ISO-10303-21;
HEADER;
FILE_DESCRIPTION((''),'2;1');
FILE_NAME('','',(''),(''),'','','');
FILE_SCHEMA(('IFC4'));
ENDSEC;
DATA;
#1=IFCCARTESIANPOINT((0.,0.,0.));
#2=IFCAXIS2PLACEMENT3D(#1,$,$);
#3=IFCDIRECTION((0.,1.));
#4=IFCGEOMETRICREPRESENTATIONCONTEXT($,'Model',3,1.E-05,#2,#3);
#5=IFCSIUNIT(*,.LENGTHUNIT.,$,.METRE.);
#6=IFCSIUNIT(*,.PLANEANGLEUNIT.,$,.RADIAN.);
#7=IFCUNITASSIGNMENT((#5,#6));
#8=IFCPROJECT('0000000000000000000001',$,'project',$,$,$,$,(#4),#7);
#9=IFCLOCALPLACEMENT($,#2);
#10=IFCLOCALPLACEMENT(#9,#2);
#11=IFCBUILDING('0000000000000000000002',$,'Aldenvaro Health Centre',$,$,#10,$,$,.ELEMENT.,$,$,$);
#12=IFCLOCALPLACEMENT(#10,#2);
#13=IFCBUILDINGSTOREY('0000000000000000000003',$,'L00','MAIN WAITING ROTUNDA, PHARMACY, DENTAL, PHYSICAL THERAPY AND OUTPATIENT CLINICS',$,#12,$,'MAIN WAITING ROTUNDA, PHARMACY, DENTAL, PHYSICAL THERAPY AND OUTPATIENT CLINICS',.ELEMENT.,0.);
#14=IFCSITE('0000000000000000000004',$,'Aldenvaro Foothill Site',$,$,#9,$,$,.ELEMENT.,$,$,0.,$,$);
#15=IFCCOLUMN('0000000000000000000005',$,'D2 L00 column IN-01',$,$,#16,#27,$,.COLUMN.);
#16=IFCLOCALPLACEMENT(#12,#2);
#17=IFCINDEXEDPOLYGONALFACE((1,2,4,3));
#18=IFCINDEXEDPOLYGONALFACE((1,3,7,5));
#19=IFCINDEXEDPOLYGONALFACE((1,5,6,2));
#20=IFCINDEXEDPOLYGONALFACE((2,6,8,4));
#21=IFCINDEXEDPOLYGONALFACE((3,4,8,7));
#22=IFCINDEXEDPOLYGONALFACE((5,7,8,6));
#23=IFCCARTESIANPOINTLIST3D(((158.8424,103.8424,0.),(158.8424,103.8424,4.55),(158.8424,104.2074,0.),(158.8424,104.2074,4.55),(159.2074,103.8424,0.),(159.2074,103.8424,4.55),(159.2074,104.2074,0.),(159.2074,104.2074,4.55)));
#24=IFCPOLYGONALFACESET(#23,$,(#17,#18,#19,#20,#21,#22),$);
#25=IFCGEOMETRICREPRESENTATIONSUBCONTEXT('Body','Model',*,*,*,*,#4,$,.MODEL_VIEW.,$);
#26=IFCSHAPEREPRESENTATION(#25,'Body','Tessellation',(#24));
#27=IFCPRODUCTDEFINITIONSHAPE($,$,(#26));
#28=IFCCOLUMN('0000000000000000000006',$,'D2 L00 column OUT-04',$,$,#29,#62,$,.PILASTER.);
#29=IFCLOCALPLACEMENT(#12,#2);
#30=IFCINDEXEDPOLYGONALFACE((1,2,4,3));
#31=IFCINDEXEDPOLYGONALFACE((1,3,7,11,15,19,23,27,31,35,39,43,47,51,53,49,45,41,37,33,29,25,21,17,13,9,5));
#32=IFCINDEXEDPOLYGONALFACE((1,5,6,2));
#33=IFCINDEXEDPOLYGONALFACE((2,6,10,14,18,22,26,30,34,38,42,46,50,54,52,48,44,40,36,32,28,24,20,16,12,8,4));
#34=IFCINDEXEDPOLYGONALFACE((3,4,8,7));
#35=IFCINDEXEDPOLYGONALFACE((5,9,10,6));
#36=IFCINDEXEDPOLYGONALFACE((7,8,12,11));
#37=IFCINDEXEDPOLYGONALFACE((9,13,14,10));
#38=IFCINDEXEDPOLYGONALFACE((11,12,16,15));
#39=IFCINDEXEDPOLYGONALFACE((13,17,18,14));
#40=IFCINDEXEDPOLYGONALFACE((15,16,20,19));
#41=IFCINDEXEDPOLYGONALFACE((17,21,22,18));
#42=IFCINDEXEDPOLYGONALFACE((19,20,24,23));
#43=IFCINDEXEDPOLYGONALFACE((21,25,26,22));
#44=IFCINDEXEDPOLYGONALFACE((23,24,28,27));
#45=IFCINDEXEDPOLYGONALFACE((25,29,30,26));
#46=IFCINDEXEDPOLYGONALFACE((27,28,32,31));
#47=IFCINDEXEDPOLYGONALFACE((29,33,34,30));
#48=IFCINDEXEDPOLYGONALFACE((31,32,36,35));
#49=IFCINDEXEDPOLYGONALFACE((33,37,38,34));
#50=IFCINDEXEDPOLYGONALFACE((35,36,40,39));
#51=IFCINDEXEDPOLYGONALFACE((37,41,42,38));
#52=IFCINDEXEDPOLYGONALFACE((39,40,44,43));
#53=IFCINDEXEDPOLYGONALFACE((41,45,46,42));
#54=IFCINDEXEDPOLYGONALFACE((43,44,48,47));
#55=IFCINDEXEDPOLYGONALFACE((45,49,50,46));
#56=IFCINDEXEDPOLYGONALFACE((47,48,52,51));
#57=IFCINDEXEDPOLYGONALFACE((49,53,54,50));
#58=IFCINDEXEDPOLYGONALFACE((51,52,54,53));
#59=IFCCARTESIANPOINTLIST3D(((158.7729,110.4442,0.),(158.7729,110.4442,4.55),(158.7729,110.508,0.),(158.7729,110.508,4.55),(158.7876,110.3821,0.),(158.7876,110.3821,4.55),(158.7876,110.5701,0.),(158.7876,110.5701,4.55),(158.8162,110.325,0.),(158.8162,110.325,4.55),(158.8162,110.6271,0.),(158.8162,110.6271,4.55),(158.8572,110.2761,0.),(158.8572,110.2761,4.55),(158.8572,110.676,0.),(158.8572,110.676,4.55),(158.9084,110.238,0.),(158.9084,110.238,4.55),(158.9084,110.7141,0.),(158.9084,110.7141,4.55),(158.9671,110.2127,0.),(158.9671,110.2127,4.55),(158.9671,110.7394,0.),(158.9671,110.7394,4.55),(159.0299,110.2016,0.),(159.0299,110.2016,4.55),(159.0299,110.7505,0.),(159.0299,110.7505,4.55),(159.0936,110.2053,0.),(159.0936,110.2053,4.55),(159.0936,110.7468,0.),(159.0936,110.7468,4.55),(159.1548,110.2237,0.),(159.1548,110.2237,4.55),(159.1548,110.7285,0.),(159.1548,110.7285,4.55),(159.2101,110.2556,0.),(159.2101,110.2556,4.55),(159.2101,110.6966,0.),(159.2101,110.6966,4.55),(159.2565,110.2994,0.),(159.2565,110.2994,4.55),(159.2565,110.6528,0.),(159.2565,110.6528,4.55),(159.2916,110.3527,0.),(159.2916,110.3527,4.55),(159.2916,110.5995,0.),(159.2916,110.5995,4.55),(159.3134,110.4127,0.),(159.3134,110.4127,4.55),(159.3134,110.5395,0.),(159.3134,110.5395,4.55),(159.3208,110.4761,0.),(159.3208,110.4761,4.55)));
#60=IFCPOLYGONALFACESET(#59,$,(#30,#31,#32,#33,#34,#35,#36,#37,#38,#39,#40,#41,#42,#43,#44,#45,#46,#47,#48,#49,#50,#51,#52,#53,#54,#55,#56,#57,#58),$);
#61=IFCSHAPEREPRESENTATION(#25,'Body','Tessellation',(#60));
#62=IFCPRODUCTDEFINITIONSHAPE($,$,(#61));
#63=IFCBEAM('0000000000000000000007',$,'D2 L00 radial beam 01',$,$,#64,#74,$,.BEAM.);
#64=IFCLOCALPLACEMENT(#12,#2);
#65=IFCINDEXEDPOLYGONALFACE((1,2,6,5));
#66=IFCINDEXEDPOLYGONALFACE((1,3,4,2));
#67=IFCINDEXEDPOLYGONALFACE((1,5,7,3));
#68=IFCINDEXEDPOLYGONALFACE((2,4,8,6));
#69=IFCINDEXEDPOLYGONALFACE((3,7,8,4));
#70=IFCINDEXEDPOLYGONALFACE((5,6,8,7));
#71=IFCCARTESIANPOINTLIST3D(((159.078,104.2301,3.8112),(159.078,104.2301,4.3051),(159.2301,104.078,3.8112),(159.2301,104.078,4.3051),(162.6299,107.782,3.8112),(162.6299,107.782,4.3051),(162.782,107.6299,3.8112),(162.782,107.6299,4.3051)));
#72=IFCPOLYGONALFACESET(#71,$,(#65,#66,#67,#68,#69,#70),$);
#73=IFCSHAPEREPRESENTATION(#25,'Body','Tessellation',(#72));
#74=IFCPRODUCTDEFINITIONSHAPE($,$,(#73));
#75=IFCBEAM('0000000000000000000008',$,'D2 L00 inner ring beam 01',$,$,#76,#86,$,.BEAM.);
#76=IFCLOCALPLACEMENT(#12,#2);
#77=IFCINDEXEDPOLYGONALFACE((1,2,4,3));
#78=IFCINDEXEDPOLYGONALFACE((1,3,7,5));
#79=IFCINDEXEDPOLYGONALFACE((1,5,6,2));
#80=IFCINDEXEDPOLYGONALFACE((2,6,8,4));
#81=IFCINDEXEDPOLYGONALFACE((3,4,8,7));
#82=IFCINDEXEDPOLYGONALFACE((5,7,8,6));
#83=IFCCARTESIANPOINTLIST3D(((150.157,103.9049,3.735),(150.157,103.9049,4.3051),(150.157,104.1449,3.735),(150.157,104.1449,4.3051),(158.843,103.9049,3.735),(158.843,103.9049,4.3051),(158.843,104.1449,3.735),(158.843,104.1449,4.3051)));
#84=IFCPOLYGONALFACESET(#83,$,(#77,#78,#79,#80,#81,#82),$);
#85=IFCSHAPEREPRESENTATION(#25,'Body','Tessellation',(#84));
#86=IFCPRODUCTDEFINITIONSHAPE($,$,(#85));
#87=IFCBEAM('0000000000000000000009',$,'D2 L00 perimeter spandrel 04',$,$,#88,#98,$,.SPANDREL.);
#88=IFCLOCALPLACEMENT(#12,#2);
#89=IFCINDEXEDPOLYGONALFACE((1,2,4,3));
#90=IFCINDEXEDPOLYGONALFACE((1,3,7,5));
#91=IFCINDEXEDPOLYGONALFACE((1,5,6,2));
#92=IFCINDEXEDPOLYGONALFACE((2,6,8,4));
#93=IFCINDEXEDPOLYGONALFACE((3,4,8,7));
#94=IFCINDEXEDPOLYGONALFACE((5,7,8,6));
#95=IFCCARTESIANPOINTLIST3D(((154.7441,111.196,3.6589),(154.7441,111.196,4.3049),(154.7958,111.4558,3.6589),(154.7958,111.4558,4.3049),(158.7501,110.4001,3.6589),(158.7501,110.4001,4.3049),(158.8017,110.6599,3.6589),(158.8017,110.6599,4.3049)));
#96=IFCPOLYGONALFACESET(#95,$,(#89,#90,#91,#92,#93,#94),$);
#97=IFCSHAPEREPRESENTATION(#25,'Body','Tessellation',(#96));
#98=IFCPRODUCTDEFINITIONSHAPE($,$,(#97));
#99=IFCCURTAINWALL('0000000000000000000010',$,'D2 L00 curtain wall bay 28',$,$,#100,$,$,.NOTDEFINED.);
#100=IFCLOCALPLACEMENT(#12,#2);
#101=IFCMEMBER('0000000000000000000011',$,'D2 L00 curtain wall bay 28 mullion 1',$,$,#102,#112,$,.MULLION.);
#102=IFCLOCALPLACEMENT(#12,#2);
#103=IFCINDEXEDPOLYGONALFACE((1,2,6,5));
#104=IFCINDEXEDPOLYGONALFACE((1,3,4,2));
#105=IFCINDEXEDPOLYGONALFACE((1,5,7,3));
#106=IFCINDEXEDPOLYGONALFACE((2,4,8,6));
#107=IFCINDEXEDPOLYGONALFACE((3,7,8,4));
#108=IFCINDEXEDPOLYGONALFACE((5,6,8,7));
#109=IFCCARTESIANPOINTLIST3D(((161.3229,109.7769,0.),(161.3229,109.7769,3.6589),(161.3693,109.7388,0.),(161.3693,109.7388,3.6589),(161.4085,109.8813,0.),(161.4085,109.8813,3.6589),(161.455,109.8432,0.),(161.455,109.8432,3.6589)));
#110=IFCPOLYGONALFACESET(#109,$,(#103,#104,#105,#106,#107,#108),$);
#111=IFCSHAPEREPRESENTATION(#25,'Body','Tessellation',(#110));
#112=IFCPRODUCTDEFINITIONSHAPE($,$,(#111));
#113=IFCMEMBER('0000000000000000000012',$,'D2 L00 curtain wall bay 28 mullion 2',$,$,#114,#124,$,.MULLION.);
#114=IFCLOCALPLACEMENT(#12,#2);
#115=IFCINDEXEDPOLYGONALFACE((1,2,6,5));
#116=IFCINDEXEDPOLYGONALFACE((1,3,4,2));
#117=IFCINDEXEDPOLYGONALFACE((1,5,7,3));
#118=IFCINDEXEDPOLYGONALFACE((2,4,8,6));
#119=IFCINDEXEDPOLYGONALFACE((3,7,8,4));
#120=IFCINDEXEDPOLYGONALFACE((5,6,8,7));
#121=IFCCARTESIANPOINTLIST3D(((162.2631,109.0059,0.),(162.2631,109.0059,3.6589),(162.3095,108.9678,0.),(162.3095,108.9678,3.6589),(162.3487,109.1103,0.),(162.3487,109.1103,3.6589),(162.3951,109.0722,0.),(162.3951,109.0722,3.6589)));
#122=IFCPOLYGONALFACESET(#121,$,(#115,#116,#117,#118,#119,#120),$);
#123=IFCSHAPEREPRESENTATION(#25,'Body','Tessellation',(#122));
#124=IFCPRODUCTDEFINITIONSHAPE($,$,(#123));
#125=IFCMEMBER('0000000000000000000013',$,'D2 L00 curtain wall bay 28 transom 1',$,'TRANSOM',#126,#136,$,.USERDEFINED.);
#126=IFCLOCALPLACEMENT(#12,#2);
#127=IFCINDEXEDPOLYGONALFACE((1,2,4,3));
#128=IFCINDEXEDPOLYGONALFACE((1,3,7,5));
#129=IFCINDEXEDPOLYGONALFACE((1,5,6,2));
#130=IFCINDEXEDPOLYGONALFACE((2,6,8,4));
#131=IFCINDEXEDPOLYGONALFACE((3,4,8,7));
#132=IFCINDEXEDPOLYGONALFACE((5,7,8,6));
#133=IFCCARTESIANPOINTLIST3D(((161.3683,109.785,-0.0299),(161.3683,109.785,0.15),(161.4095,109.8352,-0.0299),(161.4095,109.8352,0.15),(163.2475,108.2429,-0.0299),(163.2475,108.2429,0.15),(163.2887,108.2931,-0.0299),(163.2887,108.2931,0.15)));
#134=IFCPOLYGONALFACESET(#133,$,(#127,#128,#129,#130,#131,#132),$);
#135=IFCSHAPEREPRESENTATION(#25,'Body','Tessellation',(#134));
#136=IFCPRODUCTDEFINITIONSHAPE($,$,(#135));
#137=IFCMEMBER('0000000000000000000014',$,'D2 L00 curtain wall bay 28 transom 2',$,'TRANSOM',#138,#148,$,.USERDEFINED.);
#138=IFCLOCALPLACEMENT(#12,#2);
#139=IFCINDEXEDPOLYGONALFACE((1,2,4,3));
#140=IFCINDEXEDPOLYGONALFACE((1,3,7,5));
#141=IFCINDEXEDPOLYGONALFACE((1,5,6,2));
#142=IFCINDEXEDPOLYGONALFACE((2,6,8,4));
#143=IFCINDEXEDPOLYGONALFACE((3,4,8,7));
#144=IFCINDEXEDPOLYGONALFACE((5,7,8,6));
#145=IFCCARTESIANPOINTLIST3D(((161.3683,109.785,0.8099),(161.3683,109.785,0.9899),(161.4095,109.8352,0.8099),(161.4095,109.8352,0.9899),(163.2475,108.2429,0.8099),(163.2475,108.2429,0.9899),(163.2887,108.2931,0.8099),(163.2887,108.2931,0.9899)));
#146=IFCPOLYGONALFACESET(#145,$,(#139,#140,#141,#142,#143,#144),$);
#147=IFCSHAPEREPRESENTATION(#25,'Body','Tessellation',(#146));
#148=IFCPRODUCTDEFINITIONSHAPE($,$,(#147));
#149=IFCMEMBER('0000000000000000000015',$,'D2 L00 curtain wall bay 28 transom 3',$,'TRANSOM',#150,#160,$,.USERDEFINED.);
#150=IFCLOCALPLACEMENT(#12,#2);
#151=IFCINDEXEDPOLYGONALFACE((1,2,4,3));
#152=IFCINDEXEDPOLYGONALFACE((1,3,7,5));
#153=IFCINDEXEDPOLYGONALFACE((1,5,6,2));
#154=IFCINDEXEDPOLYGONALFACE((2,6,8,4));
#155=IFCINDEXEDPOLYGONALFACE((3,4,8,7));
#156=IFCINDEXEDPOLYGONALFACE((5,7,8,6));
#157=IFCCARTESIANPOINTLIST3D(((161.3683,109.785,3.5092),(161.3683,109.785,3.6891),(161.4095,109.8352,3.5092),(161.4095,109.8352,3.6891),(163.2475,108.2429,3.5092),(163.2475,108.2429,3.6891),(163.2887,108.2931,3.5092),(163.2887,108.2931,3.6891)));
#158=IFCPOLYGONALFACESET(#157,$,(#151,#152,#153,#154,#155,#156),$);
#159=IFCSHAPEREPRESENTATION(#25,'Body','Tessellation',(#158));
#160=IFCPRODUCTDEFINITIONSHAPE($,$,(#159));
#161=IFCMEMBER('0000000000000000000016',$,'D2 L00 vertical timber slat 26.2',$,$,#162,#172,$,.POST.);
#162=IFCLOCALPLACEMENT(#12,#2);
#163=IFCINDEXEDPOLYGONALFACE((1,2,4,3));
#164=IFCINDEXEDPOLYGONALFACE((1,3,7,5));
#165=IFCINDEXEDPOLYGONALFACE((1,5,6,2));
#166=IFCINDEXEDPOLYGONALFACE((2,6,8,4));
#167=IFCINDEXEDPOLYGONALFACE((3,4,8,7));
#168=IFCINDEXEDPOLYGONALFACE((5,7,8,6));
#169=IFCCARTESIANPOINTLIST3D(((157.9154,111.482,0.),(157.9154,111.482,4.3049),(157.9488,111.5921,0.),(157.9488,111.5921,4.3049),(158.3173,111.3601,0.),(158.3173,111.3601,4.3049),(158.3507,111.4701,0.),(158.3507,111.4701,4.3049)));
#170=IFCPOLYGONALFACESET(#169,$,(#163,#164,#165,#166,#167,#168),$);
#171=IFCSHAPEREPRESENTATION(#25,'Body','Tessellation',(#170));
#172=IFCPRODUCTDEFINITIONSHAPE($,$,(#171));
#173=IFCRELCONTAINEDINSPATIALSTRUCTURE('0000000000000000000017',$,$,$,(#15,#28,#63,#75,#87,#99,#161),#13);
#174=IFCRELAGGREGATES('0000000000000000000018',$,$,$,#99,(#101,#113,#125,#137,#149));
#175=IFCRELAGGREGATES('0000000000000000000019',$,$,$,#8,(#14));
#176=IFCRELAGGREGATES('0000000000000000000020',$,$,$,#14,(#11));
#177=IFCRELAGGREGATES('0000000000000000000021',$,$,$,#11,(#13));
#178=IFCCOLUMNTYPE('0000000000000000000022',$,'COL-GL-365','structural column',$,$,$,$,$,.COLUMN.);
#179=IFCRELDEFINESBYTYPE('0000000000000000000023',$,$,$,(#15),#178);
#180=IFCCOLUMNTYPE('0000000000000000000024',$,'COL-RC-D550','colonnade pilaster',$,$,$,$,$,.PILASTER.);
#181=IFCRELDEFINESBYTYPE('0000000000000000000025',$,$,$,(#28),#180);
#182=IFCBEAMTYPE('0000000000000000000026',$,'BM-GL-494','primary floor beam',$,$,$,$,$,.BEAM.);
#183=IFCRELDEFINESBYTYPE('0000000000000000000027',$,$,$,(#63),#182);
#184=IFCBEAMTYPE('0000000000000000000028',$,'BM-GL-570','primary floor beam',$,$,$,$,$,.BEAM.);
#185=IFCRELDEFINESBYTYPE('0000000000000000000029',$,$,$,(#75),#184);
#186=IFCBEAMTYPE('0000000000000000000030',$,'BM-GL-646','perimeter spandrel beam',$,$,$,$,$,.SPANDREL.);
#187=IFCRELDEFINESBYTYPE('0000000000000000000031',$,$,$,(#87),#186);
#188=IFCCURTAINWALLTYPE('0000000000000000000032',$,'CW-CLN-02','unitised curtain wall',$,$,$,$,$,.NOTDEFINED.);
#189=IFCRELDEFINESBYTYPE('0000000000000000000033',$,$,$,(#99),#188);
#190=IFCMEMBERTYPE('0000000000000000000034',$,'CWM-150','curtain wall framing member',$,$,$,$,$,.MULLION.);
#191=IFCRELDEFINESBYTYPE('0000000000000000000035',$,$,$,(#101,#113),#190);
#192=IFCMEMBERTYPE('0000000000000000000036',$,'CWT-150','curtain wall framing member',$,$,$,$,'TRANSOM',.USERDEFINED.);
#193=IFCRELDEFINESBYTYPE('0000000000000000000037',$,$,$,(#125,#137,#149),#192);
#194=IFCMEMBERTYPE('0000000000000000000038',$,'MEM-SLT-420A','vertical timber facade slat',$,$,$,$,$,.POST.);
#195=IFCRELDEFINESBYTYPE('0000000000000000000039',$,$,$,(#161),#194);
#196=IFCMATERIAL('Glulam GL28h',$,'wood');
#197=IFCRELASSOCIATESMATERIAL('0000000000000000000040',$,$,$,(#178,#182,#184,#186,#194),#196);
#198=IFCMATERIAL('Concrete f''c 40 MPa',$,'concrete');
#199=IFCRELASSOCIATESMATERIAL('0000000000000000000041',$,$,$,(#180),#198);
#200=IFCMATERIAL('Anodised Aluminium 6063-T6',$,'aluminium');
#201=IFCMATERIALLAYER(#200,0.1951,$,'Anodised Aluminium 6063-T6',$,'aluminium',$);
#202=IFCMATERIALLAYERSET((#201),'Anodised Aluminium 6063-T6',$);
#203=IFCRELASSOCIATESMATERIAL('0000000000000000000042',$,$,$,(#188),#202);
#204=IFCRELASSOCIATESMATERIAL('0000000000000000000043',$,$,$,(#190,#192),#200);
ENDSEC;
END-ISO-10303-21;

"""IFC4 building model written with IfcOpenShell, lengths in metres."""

from ifc_helpers import new_model, si_unit, direction, frame, origin, origin_2d, place, context, subcontext, project, spatial, rectangle, circle, extrude, material, layer, layer_set, material_profile, profile_set, type_object, element, aggregate, save


model = new_model("IFC4")

# Units and contexts
model_context = context("Model", 3, precision=1e-05, world=origin(), true_north=direction((0.0, 1.0)))
body_context = subcontext(model_context, "Body", "Model", "MODEL_VIEW")
ifc_project = project(units=[si_unit("LENGTHUNIT", "METRE"), si_unit("PLANEANGLEUNIT", "RADIAN")], contexts=[model_context])

# Site, building, storey
site_placement = place(None, origin())
site = spatial("IfcSite", under=ifc_project, at=site_placement, Name="Aldenvaro Foothill Site", CompositionType="ELEMENT", RefElevation=0.0)
building_placement = place(site_placement, origin())
building = spatial("IfcBuilding", under=site, at=building_placement, Name="Aldenvaro Health Centre", CompositionType="ELEMENT")
storey_placement = place(building_placement, origin())
storey = spatial("IfcBuildingStorey", under=building, at=storey_placement, Name="L00", Description="MAIN WAITING ROTUNDA, PHARMACY, DENTAL, PHYSICAL THERAPY AND OUTPATIENT CLINICS", LongName="MAIN WAITING ROTUNDA, PHARMACY, DENTAL, PHYSICAL THERAPY AND OUTPATIENT CLINICS", CompositionType="ELEMENT", Elevation=0.0)

# Columns
ifc_material_1 = material(Name="Glulam GL28h", Category="wood")
ifc_material_profile_1 = material_profile(ifc_material_1, rectangle(XDim=0.365, YDim=0.365, at=origin_2d()), Name="GL 365x365", Category="wood")
ifc_profile_set_1 = profile_set([ifc_material_profile_1], Name="Glulam GL28h")
column_type_1 = type_object("IfcColumnType", Name="COL-GL-365", Description="structural column", PredefinedType="COLUMN", material=ifc_profile_set_1)
column_1_placement = place(storey_placement, frame((159.0249, 104.0249, 0.0), z_axis=(0.0, 0.0, 1.0), x_axis=(1.0, 0.0, 0.0)))
element("IfcColumn", 1, at=column_1_placement, inside=storey, type_object=column_type_1, Name="D2 L00 column IN-01", PredefinedType="COLUMN", context=body_context, shape_type="SweptSolid", body=[
    extrude(rectangle(XDim=0.365, YDim=0.365, at=origin_2d()), origin(), (0.0, 0.0, 1.0), 4.55),
])
ifc_material_2 = material(Name="Concrete f'c 40 MPa", Category="concrete")
ifc_material_profile_2 = material_profile(ifc_material_2, circle(Radius=0.2749, at=origin_2d()), Name="RC D550", Category="concrete")
ifc_profile_set_2 = profile_set([ifc_material_profile_2], Name="Concrete f'c 40 MPa")
column_type_2 = type_object("IfcColumnType", Name="COL-RC-D550", Description="colonnade pilaster", PredefinedType="PILASTER", material=ifc_profile_set_2)
column_2_placement = place(storey_placement, frame((159.0459, 110.4761, 0.0), z_axis=(0.0, 0.0, 1.0), x_axis=(1.0, 0.0, 0.0)))
element("IfcColumn", 2, at=column_2_placement, inside=storey, type_object=column_type_2, Name="D2 L00 column OUT-04", PredefinedType="PILASTER", context=body_context, shape_type="SweptSolid", body=[
    extrude(circle(Radius=0.2749, at=origin_2d()), origin(), (0.0, 0.0, 1.0), 4.55),
])

# Beams
ifc_material_profile_3 = material_profile(ifc_material_1, rectangle(XDim=0.2151, YDim=0.4939, at=origin_2d()), Name="GL 215x494", Category="wood")
ifc_profile_set_3 = profile_set([ifc_material_profile_3], Name="Glulam GL28h")
beam_type_1 = type_object("IfcBeamType", Name="BM-GL-494", Description="primary floor beam", PredefinedType="BEAM", material=ifc_profile_set_3)
beam_1_placement = place(storey_placement, frame((159.1541, 104.1541, 4.0581), z_axis=(0.707107, 0.707107, 0.0), x_axis=(-0.707107, 0.707107, 0.0)))
element("IfcBeam", 3, at=beam_1_placement, inside=storey, type_object=beam_type_1, Name="D2 L00 radial beam 01", PredefinedType="BEAM", context=body_context, shape_type="SweptSolid", body=[
    extrude(rectangle(XDim=0.2151, YDim=0.4939, at=origin_2d()), origin(), (0.0, 0.0, 1.0), 5.0232),
])
ifc_material_profile_4 = material_profile(ifc_material_1, rectangle(XDim=0.24, YDim=0.5701, at=origin_2d()), Name="GL 240x570", Category="wood")
ifc_profile_set_4 = profile_set([ifc_material_profile_4], Name="Glulam GL28h")
beam_type_2 = type_object("IfcBeamType", Name="BM-GL-570", Description="primary floor beam", PredefinedType="BEAM", material=ifc_profile_set_4)
beam_2_placement = place(storey_placement, frame((158.843, 104.0249, 4.02), z_axis=(-1.0, 0.0, 0.0), x_axis=(0.0, -1.0, 0.0)))
element("IfcBeam", 4, at=beam_2_placement, inside=storey, type_object=beam_type_2, Name="D2 L00 inner ring beam 01", PredefinedType="BEAM", context=body_context, shape_type="SweptSolid", body=[
    extrude(rectangle(XDim=0.24, YDim=0.5701, at=origin_2d()), origin(), (0.0, 0.0, 1.0), 8.686),
])
ifc_material_profile_5 = material_profile(ifc_material_1, rectangle(XDim=0.2649, YDim=0.646, at=origin_2d()), Name="GL 265x646", Category="wood")
ifc_profile_set_5 = profile_set([ifc_material_profile_5], Name="Glulam GL28h")
beam_type_3 = type_object("IfcBeamType", Name="BM-GL-646", Description="perimeter spandrel beam", PredefinedType="SPANDREL", material=ifc_profile_set_5)
beam_3_placement = place(storey_placement, frame((158.7759, 110.53, 3.9819), z_axis=(-0.980828, 0.194874, 0.0), x_axis=(-0.194874, -0.980828, 0.0)))
element("IfcBeam", 5, at=beam_3_placement, inside=storey, type_object=beam_type_3, Name="D2 L00 perimeter spandrel 04", PredefinedType="SPANDREL", context=body_context, shape_type="SweptSolid", body=[
    extrude(rectangle(XDim=0.2649, YDim=0.646, at=origin_2d()), origin(), (0.0, 0.0, 1.0), 4.0842),
])

# Curtain wall, members
ifc_material_3 = material(Name="Anodised Aluminium 6063-T6", Category="aluminium")
ifc_layer_1 = layer(ifc_material_3, 0.1951, Name="Anodised Aluminium 6063-T6", Category="aluminium")
ifc_layer_set_1 = layer_set([ifc_layer_1], Name="Anodised Aluminium 6063-T6")
curtain_wall_type = type_object("IfcCurtainWallType", Name="CW-CLN-02", Description="unitised curtain wall", PredefinedType="NOTDEFINED", material=ifc_layer_set_1)
curtain_wall_placement = place(storey_placement, origin())
curtain_wall = element("IfcCurtainWall", 6, at=curtain_wall_placement, inside=storey, type_object=curtain_wall_type, Name="D2 L00 curtain wall bay 28", PredefinedType="NOTDEFINED")
ifc_material_profile_6 = material_profile(ifc_material_3, rectangle(XDim=0.0601, YDim=0.135, at=origin_2d()), Name="ALU 60x135", Category="aluminium")
ifc_profile_set_6 = profile_set([ifc_material_profile_6], Name="Anodised Aluminium 6063-T6")
member_type_1 = type_object("IfcMemberType", Name="CWM-150", Description="curtain wall framing member", PredefinedType="MULLION", material=ifc_profile_set_6)
member_1_placement = place(storey_placement, frame((161.3889, 109.8101, 0.0), z_axis=(0.0, 0.0, 1.0), x_axis=(0.773022, -0.63438, 0.0)))
member_1 = element("IfcMember", 7, at=member_1_placement, type_object=member_type_1, Name="D2 L00 curtain wall bay 28 mullion 1", PredefinedType="MULLION", context=body_context, shape_type="SweptSolid", body=[
    extrude(rectangle(XDim=0.0601, YDim=0.135, at=origin_2d()), origin(), (0.0, 0.0, 1.0), 3.6589),
])
member_2_placement = place(storey_placement, frame((162.3291, 109.0391, 0.0), z_axis=(0.0, 0.0, 1.0), x_axis=(0.773022, -0.63438, 0.0)))
member_2 = element("IfcMember", 8, at=member_2_placement, type_object=member_type_1, Name="D2 L00 curtain wall bay 28 mullion 2", PredefinedType="MULLION", context=body_context, shape_type="SweptSolid", body=[
    extrude(rectangle(XDim=0.0601, YDim=0.135, at=origin_2d()), origin(), (0.0, 0.0, 1.0), 3.6589),
])
ifc_material_profile_7 = material_profile(ifc_material_3, rectangle(XDim=0.0649, YDim=0.1799, at=origin_2d()), Name="ALU 65x180", Category="aluminium")
ifc_profile_set_7 = profile_set([ifc_material_profile_7], Name="Anodised Aluminium 6063-T6")
member_type_2 = type_object("IfcMemberType", Name="CWT-150", Description="curtain wall framing member", ElementType="TRANSOM", PredefinedType="USERDEFINED", material=ifc_profile_set_7)
member_3_placement = place(storey_placement, frame((161.3889, 109.8101, 0.0601), z_axis=(0.773048, -0.634347, 0.0), x_axis=(0.634347, 0.773048, 0.0)))
member_3 = element("IfcMember", 9, at=member_3_placement, type_object=member_type_2, Name="D2 L00 curtain wall bay 28 transom 1", ObjectType="TRANSOM", PredefinedType="USERDEFINED", context=body_context, shape_type="SweptSolid", body=[
    extrude(rectangle(XDim=0.0649, YDim=0.1799, at=origin_2d()), origin(), (0.0, 0.0, 1.0), 2.4309),
])
member_4_placement = place(storey_placement, frame((161.3889, 109.8101, 0.8999), z_axis=(0.773048, -0.634347, 0.0), x_axis=(0.634347, 0.773048, 0.0)))
member_4 = element("IfcMember", 10, at=member_4_placement, type_object=member_type_2, Name="D2 L00 curtain wall bay 28 transom 2", ObjectType="TRANSOM", PredefinedType="USERDEFINED", context=body_context, shape_type="SweptSolid", body=[
    extrude(rectangle(XDim=0.0649, YDim=0.1799, at=origin_2d()), origin(), (0.0, 0.0, 1.0), 2.4309),
])
member_5_placement = place(storey_placement, frame((161.3889, 109.8101, 3.5991), z_axis=(0.773048, -0.634347, 0.0), x_axis=(0.634347, 0.773048, 0.0)))
member_5 = element("IfcMember", 11, at=member_5_placement, type_object=member_type_2, Name="D2 L00 curtain wall bay 28 transom 3", ObjectType="TRANSOM", PredefinedType="USERDEFINED", context=body_context, shape_type="SweptSolid", body=[
    extrude(rectangle(XDim=0.0649, YDim=0.1799, at=origin_2d()), origin(), (0.0, 0.0, 1.0), 2.4309),
])

# Member
ifc_material_profile_8 = material_profile(ifc_material_1, rectangle(XDim=0.115, YDim=0.4199, at=origin_2d()), Name="GL 115x420", Category="wood")
ifc_profile_set_8 = profile_set([ifc_material_profile_8], Name="Glulam GL28h")
member_type_3 = type_object("IfcMemberType", Name="MEM-SLT-420A", Description="vertical timber facade slat", PredefinedType="POST", material=ifc_profile_set_8)
for number, where, z_axis, x_axis, name in (
    (12, (158.1331, 111.4761, 0.0), (0.0, 0.0, 1.0), (0.290441, 0.956893, 0.0), "D2 L00 vertical timber slat 26.2"),
):
    element("IfcMember", number, at=place(storey_placement, frame(where, z_axis=z_axis, x_axis=x_axis)), inside=storey, type_object=member_type_3, Name=name, PredefinedType="POST", context=body_context, shape_type="SweptSolid", body=[
        extrude(rectangle(XDim=0.115, YDim=0.4199, at=origin_2d()), origin(), (0.0, 0.0, 1.0), 4.3049),
    ])

aggregate(curtain_wall, [member_1, member_2, member_3, member_4, member_5])

save(model, "model.ifc")
